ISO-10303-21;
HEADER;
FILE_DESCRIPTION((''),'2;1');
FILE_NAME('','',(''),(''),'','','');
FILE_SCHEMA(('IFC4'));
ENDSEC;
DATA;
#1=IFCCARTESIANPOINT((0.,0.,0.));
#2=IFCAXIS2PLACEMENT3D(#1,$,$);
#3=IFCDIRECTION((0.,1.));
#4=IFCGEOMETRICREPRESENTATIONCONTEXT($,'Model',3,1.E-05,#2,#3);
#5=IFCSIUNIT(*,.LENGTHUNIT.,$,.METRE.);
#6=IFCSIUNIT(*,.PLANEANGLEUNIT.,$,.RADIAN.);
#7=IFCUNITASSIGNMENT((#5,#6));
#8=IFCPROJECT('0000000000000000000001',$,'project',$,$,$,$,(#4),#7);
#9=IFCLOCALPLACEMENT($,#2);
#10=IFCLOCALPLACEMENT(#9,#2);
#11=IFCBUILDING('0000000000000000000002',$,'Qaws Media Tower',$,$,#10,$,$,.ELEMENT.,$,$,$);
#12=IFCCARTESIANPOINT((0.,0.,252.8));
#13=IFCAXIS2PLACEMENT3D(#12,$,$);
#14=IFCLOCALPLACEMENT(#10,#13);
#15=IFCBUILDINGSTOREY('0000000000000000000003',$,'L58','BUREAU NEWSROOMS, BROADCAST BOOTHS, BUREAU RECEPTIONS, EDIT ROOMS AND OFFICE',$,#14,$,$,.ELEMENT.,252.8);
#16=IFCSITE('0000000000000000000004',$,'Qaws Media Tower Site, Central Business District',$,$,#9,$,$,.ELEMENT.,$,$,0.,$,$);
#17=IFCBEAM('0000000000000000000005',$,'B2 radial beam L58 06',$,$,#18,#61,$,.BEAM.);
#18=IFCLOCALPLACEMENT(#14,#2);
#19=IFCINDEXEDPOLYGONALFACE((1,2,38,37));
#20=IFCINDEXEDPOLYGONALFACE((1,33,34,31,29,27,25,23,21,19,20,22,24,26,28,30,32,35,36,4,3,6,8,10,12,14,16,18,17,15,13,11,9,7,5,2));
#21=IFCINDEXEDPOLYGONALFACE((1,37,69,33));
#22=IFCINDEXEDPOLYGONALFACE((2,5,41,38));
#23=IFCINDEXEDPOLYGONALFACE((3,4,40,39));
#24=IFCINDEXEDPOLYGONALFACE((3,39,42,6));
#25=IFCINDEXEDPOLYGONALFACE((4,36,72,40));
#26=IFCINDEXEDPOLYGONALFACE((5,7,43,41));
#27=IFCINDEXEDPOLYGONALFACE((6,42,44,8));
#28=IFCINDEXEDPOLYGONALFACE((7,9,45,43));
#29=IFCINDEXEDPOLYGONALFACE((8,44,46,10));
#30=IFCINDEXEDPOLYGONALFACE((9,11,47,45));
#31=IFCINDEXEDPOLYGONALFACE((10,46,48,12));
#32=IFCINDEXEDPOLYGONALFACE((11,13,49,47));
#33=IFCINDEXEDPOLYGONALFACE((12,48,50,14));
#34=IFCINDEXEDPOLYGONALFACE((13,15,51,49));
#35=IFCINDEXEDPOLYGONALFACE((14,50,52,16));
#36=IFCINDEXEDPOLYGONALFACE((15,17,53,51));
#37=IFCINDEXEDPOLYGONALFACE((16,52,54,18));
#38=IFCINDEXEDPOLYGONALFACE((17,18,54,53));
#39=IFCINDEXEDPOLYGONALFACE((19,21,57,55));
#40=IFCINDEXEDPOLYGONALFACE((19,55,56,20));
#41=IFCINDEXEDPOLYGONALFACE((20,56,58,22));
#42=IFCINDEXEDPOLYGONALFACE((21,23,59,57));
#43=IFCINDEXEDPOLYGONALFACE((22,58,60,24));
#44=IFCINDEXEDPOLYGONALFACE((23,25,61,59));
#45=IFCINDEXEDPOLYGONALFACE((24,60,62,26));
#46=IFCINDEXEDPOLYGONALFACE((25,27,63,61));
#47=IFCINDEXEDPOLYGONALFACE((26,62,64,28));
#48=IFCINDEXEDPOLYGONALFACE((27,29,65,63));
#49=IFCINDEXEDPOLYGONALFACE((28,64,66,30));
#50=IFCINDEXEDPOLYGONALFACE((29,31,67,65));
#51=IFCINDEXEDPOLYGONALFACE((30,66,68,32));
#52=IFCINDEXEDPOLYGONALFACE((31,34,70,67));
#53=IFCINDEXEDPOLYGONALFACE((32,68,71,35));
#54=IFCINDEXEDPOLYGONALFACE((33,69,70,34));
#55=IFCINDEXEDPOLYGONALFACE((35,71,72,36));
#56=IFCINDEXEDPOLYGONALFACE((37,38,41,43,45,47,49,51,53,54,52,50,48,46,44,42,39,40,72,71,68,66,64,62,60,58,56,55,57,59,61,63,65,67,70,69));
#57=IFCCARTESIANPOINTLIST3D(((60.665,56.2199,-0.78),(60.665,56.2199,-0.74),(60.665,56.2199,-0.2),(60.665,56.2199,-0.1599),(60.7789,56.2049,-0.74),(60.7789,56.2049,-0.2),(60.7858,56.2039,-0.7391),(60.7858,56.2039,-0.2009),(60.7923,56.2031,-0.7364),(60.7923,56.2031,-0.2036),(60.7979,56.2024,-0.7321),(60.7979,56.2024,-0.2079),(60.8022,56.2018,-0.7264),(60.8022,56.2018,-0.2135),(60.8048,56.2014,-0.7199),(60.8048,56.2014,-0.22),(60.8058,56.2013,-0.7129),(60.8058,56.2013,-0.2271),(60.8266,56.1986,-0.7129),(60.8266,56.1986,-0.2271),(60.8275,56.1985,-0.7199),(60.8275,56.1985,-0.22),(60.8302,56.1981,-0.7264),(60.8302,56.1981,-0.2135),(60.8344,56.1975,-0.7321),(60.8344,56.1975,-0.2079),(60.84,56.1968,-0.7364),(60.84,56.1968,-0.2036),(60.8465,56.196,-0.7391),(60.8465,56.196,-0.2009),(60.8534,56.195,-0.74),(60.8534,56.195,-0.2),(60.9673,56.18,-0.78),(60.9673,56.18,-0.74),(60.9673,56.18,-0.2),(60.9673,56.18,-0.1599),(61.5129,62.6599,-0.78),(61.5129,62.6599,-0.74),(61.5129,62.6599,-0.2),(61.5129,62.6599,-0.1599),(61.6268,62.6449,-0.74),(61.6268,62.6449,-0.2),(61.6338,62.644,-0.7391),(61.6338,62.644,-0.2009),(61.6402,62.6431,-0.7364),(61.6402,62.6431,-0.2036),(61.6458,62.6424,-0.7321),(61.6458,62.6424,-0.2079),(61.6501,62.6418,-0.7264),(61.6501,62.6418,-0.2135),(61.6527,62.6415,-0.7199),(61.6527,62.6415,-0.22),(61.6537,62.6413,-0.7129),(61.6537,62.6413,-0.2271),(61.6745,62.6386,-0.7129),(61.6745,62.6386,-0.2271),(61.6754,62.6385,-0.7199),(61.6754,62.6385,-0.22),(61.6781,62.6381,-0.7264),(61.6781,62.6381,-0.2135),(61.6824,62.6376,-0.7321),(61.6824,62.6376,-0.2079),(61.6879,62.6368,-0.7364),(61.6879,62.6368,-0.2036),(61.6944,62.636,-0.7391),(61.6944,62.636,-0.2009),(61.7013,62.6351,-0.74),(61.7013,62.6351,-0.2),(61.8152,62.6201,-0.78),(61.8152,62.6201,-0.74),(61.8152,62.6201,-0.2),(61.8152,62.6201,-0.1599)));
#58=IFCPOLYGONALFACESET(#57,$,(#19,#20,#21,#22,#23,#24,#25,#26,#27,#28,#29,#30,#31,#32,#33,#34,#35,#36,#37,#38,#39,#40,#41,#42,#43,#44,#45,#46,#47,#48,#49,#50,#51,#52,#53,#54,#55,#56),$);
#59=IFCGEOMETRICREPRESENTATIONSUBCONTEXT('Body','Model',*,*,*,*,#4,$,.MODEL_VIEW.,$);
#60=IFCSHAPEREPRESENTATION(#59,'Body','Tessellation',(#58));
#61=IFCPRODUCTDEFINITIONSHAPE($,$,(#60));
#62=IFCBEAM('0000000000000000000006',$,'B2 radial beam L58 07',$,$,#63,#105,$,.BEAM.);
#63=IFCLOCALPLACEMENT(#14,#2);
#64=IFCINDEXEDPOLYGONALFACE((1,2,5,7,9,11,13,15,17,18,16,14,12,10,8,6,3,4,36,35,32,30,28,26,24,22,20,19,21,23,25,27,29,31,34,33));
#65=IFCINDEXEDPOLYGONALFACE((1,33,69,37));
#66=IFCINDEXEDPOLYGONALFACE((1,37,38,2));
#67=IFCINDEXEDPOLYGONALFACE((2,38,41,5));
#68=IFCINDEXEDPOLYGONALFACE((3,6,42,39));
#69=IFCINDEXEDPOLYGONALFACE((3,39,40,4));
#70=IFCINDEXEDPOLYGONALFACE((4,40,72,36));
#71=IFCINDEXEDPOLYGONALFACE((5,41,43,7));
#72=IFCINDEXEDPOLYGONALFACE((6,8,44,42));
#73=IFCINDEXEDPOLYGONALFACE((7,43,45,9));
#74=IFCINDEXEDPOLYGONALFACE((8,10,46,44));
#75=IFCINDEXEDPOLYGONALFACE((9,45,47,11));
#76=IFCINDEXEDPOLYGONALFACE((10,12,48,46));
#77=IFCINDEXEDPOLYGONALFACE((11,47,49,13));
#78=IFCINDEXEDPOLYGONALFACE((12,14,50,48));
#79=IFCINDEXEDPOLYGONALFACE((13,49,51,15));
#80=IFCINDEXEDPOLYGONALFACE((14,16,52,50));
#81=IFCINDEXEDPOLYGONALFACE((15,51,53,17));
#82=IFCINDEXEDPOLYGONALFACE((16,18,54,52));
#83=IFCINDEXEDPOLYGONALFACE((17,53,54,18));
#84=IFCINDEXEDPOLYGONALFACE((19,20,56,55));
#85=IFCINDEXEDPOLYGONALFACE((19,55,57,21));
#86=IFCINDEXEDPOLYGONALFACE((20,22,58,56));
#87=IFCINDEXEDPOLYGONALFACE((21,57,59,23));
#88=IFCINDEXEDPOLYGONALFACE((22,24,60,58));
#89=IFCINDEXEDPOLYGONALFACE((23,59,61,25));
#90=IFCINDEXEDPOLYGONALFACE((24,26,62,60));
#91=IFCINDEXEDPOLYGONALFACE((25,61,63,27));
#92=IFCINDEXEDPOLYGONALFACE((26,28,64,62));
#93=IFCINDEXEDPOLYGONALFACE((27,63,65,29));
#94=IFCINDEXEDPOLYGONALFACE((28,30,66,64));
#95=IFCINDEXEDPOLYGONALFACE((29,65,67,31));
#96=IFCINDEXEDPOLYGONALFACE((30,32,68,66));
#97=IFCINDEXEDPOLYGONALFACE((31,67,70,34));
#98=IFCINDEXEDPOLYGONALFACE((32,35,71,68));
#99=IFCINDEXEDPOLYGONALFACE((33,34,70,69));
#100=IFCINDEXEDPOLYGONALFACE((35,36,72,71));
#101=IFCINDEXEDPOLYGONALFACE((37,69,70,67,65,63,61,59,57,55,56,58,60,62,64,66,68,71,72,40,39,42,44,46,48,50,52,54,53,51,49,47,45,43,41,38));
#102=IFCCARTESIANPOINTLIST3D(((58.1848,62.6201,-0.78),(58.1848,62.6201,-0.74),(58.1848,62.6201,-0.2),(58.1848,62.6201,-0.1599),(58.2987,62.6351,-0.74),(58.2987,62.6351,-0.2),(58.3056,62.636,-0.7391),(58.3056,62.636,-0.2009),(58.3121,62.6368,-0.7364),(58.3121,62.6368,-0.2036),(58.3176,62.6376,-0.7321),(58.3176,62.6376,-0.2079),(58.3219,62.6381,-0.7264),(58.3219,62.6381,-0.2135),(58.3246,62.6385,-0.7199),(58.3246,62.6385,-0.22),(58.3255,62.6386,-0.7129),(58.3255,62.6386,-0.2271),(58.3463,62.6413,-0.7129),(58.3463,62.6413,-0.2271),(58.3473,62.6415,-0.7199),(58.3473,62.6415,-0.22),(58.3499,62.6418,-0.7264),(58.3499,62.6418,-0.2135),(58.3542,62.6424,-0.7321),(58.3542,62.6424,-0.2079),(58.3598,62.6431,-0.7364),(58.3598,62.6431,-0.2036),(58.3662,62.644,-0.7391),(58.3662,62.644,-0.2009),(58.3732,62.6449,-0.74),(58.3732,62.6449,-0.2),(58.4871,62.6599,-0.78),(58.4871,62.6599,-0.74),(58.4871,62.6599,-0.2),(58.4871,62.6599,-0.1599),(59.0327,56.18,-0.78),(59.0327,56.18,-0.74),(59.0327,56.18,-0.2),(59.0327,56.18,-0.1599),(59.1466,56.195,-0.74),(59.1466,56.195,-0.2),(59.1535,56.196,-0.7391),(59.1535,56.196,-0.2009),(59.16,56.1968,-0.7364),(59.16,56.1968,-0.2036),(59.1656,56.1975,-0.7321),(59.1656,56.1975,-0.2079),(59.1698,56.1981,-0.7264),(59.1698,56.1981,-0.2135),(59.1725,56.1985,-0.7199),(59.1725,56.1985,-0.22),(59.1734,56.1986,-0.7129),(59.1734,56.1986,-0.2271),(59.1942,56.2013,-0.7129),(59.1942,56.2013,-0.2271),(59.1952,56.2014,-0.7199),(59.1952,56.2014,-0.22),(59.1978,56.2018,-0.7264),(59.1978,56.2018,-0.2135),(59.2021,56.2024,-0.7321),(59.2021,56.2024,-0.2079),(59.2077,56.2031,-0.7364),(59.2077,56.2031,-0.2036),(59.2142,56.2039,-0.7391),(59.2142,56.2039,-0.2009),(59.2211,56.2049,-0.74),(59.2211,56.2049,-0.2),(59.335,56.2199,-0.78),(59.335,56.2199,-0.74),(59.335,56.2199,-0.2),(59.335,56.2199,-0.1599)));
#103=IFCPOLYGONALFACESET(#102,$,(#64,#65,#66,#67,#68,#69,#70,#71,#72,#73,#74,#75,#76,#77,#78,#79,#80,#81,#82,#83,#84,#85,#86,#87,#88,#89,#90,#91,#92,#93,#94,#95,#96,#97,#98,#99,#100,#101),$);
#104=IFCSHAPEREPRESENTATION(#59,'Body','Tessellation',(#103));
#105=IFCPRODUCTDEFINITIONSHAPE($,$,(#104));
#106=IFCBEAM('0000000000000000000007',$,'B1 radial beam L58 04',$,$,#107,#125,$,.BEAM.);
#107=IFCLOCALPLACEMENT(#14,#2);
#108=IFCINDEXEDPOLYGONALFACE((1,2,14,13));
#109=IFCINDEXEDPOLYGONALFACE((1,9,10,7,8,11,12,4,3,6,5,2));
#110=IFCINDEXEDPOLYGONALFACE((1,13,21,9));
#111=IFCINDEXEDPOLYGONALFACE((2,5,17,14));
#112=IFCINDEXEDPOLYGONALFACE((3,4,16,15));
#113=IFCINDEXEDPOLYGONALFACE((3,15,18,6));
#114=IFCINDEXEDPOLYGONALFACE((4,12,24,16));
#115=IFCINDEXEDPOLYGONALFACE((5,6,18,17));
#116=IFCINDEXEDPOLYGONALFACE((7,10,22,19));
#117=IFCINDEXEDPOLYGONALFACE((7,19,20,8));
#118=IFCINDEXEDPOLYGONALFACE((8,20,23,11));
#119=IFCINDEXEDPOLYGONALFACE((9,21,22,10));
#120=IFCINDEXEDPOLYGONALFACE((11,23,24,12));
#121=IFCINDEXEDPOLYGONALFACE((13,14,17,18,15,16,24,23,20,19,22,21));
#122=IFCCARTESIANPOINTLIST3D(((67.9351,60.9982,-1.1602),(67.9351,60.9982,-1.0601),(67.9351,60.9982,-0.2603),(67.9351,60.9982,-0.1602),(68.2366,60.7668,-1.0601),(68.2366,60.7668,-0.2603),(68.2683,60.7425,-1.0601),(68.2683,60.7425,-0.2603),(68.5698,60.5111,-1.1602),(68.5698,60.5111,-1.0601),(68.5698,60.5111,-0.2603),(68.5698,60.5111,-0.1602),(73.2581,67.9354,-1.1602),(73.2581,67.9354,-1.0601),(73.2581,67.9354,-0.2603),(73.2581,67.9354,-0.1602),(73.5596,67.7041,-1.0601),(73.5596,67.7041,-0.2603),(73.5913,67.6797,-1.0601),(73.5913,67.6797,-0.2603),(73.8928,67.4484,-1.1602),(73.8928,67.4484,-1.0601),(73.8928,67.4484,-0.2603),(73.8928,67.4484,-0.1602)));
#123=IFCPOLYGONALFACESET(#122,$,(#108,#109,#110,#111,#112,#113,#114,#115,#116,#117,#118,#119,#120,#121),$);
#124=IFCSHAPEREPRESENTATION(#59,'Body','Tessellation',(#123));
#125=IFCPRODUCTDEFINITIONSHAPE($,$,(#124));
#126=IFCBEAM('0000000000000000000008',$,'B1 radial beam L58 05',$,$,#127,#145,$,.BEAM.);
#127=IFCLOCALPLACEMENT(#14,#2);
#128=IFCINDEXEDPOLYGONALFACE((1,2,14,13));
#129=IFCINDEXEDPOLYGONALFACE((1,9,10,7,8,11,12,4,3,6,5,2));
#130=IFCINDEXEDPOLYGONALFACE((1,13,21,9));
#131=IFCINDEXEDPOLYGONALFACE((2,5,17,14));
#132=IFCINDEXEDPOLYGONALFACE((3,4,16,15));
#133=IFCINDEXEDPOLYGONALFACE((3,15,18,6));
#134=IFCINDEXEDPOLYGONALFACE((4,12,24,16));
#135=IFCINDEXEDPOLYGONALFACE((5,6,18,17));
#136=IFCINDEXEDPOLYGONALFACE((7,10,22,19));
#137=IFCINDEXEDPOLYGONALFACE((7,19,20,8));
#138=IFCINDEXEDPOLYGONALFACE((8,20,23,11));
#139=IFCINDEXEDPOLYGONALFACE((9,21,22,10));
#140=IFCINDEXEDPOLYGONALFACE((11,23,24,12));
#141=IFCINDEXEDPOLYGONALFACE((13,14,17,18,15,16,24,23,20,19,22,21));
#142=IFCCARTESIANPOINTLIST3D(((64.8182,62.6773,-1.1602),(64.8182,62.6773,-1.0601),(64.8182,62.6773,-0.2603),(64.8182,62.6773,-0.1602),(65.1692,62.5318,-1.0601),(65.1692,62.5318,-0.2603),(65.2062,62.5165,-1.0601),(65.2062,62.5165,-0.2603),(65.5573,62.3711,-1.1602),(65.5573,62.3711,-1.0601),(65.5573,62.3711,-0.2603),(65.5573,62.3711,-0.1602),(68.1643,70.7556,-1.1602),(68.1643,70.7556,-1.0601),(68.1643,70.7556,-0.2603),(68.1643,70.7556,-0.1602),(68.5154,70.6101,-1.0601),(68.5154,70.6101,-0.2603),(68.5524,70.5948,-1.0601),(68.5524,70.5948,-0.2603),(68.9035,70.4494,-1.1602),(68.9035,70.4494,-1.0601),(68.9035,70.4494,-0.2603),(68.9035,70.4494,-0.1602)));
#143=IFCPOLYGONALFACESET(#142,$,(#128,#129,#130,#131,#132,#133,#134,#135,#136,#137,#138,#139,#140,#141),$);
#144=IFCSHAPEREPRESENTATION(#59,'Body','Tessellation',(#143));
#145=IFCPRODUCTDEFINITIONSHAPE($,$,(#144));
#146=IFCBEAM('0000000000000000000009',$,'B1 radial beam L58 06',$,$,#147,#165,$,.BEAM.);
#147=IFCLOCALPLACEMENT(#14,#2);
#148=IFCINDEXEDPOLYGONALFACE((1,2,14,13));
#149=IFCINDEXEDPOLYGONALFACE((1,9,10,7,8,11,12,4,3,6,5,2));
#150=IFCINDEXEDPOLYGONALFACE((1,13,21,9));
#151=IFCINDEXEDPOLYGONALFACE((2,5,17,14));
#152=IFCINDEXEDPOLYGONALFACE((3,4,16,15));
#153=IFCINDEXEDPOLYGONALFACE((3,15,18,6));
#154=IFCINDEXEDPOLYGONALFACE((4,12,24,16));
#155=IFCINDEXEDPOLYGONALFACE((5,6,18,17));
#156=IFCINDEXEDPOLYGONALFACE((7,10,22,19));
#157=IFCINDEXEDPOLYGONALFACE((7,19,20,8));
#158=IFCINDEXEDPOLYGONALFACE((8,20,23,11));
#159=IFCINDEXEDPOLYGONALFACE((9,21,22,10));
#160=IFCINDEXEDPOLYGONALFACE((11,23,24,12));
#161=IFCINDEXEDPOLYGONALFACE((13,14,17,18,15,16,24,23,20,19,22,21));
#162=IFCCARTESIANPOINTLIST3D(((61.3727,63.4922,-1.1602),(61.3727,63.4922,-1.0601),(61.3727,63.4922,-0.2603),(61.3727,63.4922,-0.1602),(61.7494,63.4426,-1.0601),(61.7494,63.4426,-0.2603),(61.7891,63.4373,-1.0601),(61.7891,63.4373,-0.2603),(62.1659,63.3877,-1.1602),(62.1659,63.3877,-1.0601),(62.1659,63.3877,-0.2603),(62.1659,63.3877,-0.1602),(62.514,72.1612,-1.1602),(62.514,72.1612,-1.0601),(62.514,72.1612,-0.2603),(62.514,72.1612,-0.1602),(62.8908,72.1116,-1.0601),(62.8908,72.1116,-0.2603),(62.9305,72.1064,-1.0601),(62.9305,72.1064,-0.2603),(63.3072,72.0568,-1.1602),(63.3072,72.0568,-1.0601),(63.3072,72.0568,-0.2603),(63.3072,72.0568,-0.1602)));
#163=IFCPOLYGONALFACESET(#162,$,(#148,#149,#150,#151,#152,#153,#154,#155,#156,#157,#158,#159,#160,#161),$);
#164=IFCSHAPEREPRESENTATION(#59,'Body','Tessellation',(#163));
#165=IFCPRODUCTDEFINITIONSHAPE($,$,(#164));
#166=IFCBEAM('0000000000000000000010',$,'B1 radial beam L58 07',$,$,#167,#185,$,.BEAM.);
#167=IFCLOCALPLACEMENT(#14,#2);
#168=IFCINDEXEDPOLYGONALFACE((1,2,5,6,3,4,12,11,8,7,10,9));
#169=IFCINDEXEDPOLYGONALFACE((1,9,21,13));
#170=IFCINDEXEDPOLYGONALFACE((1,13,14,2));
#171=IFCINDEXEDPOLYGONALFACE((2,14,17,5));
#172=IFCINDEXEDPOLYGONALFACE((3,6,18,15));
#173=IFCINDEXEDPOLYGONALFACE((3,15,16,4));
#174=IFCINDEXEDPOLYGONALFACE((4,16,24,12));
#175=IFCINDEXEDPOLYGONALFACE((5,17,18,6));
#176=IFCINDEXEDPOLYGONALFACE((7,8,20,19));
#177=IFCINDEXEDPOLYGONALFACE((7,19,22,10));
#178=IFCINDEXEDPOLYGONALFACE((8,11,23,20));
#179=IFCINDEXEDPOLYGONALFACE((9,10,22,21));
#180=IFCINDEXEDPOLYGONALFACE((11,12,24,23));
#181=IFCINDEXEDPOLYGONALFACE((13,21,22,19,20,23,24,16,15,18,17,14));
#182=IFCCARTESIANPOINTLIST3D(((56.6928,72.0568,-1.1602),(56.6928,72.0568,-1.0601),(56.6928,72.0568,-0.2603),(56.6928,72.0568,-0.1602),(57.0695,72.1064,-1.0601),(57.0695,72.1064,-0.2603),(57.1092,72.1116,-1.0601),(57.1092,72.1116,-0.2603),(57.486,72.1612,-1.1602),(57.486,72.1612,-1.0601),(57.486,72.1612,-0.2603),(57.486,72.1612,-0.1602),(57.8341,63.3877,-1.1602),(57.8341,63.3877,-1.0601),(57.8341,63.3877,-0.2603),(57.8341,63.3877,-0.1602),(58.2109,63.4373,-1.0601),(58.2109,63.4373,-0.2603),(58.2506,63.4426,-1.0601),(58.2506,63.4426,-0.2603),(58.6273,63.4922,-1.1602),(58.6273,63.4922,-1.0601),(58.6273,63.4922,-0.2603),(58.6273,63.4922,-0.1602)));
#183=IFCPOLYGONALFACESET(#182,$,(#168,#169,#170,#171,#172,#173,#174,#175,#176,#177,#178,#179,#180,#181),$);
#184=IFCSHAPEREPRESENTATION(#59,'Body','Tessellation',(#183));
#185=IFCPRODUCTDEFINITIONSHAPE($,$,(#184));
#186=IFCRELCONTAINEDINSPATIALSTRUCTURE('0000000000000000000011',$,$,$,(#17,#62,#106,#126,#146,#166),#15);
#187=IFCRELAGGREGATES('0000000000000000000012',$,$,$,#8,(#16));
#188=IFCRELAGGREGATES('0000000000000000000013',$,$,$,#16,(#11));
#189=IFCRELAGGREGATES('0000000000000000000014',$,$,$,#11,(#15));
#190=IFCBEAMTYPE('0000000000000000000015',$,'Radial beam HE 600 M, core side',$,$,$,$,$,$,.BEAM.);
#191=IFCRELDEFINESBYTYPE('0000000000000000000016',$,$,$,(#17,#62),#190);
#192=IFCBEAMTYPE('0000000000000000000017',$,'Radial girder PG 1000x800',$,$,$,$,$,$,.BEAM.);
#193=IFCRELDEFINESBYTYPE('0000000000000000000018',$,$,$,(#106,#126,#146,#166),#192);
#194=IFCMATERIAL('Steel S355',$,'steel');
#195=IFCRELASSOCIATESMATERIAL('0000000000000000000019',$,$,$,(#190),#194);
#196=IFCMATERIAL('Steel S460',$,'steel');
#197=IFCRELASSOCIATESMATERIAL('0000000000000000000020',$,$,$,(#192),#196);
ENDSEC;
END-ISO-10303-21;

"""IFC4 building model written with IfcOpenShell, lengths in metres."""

from ifc_helpers import new_model, si_unit, direction, frame, origin, origin_2d, place, context, subcontext, project, spatial, i_section, extrude, material, material_profile, profile_set, type_object, element, save


model = new_model("IFC4")

# Units and contexts
model_context = context("Model", 3, precision=1e-05, world=origin(), true_north=direction((0.0, 1.0)))
body_context = subcontext(model_context, "Body", "Model", "MODEL_VIEW")
ifc_project = project(units=[si_unit("LENGTHUNIT", "METRE"), si_unit("PLANEANGLEUNIT", "RADIAN")], contexts=[model_context])

# Site, building, storey
site_placement = place(None, origin())
site = spatial("IfcSite", under=ifc_project, at=site_placement, Name="Qaws Media Tower Site, Central Business District", CompositionType="ELEMENT", RefElevation=0.0)
building_placement = place(site_placement, origin())
building = spatial("IfcBuilding", under=site, at=building_placement, Name="Qaws Media Tower", CompositionType="ELEMENT")
storey_placement = place(building_placement, frame((0.0, 0.0, 252.8)))
storey = spatial("IfcBuildingStorey", under=building, at=storey_placement, Name="L58", Description="BUREAU NEWSROOMS, BROADCAST BOOTHS, BUREAU RECEPTIONS, EDIT ROOMS AND OFFICE", CompositionType="ELEMENT", Elevation=252.8)

# Beams
ifc_material_1 = material(Name="Steel S355", Category="steel")
ifc_material_profile_1 = material_profile(ifc_material_1, i_section(OverallWidth=0.3049, OverallDepth=0.6201, WebThickness=0.021, FlangeThickness=0.04, FilletRadius=0.0271, at=origin_2d()), Name="HE 600 M")
ifc_profile_set_1 = profile_set([ifc_material_profile_1], Name="Steel S355")
beam_type_1 = type_object("IfcBeamType", Name="Radial beam HE 600 M, core side", PredefinedType="BEAM", material=ifc_profile_set_1)
for number, where, z_axis, x_axis, name in (
    (1, (60.8162, 56.2, -0.47), (0.130536, 0.991444, 0.0), (-0.991444, 0.130536, 0.0), "B2 radial beam L58 06"),
    (2, (59.1838, 56.2, -0.47), (-0.130536, 0.991444, 0.0), (-0.991444, -0.130536, 0.0), "B2 radial beam L58 07"),
):
    element("IfcBeam", number, at=place(storey_placement, frame(where, z_axis=z_axis, x_axis=x_axis)), inside=storey, type_object=beam_type_1, Name=name, PredefinedType="BEAM", context=body_context, shape_type="SweptSolid", body=[
        extrude(i_section(OverallWidth=0.3049, OverallDepth=0.6201, WebThickness=0.021, FlangeThickness=0.04, FilletRadius=0.0271, at=origin_2d()), origin(), (0.0, 0.0, 1.0), 6.4956),
    ])
ifc_material_2 = material(Name="Steel S460", Category="steel")
ifc_material_profile_2 = material_profile(ifc_material_2, i_section(OverallWidth=0.8, OverallDepth=1.0, WebThickness=0.04, FlangeThickness=0.1001, at=origin_2d()), Name="PG 1000x800")
ifc_profile_set_2 = profile_set([ifc_material_profile_2], Name="Steel S460")
beam_type_2 = type_object("IfcBeamType", Name="Radial girder PG 1000x800", PredefinedType="BEAM", material=ifc_profile_set_2)
beam_1_placement = place(storey_placement, frame((68.2524, 60.7546, -0.6602), z_axis=(0.608751, 0.793361, 0.0), x_axis=(-0.793361, 0.608751, 0.0)))
element("IfcBeam", 3, at=beam_1_placement, inside=storey, type_object=beam_type_2, Name="B1 radial beam L58 04", PredefinedType="BEAM", context=body_context, shape_type="SweptSolid", body=[
    extrude(i_section(OverallWidth=0.8, OverallDepth=1.0, WebThickness=0.04, FlangeThickness=0.1001, at=origin_2d()), origin(), (0.0, 0.0, 1.0), 8.7441),
])
for number, where, z_axis, x_axis, name in (
    (4, (65.1877, 62.5242, -0.6602), (0.382686, 0.923879, 0.0), (-0.923879, 0.382686, 0.0), "B1 radial beam L58 05"),
    (5, (61.7693, 63.4399, -0.6602), (0.13053, 0.991444, 0.0), (-0.991444, 0.13053, 0.0), "B1 radial beam L58 06"),
    (6, (58.2307, 63.4399, -0.6602), (-0.13053, 0.991444, 0.0), (-0.991444, -0.13053, 0.0), "B1 radial beam L58 07"),
):
    element("IfcBeam", number, at=place(storey_placement, frame(where, z_axis=z_axis, x_axis=x_axis)), inside=storey, type_object=beam_type_2, Name=name, PredefinedType="BEAM", context=body_context, shape_type="SweptSolid", body=[
        extrude(i_section(OverallWidth=0.8, OverallDepth=1.0, WebThickness=0.04, FlangeThickness=0.1001, at=origin_2d()), origin(), (0.0, 0.0, 1.0), 8.7439),
    ])

save(model, "model.ifc")
